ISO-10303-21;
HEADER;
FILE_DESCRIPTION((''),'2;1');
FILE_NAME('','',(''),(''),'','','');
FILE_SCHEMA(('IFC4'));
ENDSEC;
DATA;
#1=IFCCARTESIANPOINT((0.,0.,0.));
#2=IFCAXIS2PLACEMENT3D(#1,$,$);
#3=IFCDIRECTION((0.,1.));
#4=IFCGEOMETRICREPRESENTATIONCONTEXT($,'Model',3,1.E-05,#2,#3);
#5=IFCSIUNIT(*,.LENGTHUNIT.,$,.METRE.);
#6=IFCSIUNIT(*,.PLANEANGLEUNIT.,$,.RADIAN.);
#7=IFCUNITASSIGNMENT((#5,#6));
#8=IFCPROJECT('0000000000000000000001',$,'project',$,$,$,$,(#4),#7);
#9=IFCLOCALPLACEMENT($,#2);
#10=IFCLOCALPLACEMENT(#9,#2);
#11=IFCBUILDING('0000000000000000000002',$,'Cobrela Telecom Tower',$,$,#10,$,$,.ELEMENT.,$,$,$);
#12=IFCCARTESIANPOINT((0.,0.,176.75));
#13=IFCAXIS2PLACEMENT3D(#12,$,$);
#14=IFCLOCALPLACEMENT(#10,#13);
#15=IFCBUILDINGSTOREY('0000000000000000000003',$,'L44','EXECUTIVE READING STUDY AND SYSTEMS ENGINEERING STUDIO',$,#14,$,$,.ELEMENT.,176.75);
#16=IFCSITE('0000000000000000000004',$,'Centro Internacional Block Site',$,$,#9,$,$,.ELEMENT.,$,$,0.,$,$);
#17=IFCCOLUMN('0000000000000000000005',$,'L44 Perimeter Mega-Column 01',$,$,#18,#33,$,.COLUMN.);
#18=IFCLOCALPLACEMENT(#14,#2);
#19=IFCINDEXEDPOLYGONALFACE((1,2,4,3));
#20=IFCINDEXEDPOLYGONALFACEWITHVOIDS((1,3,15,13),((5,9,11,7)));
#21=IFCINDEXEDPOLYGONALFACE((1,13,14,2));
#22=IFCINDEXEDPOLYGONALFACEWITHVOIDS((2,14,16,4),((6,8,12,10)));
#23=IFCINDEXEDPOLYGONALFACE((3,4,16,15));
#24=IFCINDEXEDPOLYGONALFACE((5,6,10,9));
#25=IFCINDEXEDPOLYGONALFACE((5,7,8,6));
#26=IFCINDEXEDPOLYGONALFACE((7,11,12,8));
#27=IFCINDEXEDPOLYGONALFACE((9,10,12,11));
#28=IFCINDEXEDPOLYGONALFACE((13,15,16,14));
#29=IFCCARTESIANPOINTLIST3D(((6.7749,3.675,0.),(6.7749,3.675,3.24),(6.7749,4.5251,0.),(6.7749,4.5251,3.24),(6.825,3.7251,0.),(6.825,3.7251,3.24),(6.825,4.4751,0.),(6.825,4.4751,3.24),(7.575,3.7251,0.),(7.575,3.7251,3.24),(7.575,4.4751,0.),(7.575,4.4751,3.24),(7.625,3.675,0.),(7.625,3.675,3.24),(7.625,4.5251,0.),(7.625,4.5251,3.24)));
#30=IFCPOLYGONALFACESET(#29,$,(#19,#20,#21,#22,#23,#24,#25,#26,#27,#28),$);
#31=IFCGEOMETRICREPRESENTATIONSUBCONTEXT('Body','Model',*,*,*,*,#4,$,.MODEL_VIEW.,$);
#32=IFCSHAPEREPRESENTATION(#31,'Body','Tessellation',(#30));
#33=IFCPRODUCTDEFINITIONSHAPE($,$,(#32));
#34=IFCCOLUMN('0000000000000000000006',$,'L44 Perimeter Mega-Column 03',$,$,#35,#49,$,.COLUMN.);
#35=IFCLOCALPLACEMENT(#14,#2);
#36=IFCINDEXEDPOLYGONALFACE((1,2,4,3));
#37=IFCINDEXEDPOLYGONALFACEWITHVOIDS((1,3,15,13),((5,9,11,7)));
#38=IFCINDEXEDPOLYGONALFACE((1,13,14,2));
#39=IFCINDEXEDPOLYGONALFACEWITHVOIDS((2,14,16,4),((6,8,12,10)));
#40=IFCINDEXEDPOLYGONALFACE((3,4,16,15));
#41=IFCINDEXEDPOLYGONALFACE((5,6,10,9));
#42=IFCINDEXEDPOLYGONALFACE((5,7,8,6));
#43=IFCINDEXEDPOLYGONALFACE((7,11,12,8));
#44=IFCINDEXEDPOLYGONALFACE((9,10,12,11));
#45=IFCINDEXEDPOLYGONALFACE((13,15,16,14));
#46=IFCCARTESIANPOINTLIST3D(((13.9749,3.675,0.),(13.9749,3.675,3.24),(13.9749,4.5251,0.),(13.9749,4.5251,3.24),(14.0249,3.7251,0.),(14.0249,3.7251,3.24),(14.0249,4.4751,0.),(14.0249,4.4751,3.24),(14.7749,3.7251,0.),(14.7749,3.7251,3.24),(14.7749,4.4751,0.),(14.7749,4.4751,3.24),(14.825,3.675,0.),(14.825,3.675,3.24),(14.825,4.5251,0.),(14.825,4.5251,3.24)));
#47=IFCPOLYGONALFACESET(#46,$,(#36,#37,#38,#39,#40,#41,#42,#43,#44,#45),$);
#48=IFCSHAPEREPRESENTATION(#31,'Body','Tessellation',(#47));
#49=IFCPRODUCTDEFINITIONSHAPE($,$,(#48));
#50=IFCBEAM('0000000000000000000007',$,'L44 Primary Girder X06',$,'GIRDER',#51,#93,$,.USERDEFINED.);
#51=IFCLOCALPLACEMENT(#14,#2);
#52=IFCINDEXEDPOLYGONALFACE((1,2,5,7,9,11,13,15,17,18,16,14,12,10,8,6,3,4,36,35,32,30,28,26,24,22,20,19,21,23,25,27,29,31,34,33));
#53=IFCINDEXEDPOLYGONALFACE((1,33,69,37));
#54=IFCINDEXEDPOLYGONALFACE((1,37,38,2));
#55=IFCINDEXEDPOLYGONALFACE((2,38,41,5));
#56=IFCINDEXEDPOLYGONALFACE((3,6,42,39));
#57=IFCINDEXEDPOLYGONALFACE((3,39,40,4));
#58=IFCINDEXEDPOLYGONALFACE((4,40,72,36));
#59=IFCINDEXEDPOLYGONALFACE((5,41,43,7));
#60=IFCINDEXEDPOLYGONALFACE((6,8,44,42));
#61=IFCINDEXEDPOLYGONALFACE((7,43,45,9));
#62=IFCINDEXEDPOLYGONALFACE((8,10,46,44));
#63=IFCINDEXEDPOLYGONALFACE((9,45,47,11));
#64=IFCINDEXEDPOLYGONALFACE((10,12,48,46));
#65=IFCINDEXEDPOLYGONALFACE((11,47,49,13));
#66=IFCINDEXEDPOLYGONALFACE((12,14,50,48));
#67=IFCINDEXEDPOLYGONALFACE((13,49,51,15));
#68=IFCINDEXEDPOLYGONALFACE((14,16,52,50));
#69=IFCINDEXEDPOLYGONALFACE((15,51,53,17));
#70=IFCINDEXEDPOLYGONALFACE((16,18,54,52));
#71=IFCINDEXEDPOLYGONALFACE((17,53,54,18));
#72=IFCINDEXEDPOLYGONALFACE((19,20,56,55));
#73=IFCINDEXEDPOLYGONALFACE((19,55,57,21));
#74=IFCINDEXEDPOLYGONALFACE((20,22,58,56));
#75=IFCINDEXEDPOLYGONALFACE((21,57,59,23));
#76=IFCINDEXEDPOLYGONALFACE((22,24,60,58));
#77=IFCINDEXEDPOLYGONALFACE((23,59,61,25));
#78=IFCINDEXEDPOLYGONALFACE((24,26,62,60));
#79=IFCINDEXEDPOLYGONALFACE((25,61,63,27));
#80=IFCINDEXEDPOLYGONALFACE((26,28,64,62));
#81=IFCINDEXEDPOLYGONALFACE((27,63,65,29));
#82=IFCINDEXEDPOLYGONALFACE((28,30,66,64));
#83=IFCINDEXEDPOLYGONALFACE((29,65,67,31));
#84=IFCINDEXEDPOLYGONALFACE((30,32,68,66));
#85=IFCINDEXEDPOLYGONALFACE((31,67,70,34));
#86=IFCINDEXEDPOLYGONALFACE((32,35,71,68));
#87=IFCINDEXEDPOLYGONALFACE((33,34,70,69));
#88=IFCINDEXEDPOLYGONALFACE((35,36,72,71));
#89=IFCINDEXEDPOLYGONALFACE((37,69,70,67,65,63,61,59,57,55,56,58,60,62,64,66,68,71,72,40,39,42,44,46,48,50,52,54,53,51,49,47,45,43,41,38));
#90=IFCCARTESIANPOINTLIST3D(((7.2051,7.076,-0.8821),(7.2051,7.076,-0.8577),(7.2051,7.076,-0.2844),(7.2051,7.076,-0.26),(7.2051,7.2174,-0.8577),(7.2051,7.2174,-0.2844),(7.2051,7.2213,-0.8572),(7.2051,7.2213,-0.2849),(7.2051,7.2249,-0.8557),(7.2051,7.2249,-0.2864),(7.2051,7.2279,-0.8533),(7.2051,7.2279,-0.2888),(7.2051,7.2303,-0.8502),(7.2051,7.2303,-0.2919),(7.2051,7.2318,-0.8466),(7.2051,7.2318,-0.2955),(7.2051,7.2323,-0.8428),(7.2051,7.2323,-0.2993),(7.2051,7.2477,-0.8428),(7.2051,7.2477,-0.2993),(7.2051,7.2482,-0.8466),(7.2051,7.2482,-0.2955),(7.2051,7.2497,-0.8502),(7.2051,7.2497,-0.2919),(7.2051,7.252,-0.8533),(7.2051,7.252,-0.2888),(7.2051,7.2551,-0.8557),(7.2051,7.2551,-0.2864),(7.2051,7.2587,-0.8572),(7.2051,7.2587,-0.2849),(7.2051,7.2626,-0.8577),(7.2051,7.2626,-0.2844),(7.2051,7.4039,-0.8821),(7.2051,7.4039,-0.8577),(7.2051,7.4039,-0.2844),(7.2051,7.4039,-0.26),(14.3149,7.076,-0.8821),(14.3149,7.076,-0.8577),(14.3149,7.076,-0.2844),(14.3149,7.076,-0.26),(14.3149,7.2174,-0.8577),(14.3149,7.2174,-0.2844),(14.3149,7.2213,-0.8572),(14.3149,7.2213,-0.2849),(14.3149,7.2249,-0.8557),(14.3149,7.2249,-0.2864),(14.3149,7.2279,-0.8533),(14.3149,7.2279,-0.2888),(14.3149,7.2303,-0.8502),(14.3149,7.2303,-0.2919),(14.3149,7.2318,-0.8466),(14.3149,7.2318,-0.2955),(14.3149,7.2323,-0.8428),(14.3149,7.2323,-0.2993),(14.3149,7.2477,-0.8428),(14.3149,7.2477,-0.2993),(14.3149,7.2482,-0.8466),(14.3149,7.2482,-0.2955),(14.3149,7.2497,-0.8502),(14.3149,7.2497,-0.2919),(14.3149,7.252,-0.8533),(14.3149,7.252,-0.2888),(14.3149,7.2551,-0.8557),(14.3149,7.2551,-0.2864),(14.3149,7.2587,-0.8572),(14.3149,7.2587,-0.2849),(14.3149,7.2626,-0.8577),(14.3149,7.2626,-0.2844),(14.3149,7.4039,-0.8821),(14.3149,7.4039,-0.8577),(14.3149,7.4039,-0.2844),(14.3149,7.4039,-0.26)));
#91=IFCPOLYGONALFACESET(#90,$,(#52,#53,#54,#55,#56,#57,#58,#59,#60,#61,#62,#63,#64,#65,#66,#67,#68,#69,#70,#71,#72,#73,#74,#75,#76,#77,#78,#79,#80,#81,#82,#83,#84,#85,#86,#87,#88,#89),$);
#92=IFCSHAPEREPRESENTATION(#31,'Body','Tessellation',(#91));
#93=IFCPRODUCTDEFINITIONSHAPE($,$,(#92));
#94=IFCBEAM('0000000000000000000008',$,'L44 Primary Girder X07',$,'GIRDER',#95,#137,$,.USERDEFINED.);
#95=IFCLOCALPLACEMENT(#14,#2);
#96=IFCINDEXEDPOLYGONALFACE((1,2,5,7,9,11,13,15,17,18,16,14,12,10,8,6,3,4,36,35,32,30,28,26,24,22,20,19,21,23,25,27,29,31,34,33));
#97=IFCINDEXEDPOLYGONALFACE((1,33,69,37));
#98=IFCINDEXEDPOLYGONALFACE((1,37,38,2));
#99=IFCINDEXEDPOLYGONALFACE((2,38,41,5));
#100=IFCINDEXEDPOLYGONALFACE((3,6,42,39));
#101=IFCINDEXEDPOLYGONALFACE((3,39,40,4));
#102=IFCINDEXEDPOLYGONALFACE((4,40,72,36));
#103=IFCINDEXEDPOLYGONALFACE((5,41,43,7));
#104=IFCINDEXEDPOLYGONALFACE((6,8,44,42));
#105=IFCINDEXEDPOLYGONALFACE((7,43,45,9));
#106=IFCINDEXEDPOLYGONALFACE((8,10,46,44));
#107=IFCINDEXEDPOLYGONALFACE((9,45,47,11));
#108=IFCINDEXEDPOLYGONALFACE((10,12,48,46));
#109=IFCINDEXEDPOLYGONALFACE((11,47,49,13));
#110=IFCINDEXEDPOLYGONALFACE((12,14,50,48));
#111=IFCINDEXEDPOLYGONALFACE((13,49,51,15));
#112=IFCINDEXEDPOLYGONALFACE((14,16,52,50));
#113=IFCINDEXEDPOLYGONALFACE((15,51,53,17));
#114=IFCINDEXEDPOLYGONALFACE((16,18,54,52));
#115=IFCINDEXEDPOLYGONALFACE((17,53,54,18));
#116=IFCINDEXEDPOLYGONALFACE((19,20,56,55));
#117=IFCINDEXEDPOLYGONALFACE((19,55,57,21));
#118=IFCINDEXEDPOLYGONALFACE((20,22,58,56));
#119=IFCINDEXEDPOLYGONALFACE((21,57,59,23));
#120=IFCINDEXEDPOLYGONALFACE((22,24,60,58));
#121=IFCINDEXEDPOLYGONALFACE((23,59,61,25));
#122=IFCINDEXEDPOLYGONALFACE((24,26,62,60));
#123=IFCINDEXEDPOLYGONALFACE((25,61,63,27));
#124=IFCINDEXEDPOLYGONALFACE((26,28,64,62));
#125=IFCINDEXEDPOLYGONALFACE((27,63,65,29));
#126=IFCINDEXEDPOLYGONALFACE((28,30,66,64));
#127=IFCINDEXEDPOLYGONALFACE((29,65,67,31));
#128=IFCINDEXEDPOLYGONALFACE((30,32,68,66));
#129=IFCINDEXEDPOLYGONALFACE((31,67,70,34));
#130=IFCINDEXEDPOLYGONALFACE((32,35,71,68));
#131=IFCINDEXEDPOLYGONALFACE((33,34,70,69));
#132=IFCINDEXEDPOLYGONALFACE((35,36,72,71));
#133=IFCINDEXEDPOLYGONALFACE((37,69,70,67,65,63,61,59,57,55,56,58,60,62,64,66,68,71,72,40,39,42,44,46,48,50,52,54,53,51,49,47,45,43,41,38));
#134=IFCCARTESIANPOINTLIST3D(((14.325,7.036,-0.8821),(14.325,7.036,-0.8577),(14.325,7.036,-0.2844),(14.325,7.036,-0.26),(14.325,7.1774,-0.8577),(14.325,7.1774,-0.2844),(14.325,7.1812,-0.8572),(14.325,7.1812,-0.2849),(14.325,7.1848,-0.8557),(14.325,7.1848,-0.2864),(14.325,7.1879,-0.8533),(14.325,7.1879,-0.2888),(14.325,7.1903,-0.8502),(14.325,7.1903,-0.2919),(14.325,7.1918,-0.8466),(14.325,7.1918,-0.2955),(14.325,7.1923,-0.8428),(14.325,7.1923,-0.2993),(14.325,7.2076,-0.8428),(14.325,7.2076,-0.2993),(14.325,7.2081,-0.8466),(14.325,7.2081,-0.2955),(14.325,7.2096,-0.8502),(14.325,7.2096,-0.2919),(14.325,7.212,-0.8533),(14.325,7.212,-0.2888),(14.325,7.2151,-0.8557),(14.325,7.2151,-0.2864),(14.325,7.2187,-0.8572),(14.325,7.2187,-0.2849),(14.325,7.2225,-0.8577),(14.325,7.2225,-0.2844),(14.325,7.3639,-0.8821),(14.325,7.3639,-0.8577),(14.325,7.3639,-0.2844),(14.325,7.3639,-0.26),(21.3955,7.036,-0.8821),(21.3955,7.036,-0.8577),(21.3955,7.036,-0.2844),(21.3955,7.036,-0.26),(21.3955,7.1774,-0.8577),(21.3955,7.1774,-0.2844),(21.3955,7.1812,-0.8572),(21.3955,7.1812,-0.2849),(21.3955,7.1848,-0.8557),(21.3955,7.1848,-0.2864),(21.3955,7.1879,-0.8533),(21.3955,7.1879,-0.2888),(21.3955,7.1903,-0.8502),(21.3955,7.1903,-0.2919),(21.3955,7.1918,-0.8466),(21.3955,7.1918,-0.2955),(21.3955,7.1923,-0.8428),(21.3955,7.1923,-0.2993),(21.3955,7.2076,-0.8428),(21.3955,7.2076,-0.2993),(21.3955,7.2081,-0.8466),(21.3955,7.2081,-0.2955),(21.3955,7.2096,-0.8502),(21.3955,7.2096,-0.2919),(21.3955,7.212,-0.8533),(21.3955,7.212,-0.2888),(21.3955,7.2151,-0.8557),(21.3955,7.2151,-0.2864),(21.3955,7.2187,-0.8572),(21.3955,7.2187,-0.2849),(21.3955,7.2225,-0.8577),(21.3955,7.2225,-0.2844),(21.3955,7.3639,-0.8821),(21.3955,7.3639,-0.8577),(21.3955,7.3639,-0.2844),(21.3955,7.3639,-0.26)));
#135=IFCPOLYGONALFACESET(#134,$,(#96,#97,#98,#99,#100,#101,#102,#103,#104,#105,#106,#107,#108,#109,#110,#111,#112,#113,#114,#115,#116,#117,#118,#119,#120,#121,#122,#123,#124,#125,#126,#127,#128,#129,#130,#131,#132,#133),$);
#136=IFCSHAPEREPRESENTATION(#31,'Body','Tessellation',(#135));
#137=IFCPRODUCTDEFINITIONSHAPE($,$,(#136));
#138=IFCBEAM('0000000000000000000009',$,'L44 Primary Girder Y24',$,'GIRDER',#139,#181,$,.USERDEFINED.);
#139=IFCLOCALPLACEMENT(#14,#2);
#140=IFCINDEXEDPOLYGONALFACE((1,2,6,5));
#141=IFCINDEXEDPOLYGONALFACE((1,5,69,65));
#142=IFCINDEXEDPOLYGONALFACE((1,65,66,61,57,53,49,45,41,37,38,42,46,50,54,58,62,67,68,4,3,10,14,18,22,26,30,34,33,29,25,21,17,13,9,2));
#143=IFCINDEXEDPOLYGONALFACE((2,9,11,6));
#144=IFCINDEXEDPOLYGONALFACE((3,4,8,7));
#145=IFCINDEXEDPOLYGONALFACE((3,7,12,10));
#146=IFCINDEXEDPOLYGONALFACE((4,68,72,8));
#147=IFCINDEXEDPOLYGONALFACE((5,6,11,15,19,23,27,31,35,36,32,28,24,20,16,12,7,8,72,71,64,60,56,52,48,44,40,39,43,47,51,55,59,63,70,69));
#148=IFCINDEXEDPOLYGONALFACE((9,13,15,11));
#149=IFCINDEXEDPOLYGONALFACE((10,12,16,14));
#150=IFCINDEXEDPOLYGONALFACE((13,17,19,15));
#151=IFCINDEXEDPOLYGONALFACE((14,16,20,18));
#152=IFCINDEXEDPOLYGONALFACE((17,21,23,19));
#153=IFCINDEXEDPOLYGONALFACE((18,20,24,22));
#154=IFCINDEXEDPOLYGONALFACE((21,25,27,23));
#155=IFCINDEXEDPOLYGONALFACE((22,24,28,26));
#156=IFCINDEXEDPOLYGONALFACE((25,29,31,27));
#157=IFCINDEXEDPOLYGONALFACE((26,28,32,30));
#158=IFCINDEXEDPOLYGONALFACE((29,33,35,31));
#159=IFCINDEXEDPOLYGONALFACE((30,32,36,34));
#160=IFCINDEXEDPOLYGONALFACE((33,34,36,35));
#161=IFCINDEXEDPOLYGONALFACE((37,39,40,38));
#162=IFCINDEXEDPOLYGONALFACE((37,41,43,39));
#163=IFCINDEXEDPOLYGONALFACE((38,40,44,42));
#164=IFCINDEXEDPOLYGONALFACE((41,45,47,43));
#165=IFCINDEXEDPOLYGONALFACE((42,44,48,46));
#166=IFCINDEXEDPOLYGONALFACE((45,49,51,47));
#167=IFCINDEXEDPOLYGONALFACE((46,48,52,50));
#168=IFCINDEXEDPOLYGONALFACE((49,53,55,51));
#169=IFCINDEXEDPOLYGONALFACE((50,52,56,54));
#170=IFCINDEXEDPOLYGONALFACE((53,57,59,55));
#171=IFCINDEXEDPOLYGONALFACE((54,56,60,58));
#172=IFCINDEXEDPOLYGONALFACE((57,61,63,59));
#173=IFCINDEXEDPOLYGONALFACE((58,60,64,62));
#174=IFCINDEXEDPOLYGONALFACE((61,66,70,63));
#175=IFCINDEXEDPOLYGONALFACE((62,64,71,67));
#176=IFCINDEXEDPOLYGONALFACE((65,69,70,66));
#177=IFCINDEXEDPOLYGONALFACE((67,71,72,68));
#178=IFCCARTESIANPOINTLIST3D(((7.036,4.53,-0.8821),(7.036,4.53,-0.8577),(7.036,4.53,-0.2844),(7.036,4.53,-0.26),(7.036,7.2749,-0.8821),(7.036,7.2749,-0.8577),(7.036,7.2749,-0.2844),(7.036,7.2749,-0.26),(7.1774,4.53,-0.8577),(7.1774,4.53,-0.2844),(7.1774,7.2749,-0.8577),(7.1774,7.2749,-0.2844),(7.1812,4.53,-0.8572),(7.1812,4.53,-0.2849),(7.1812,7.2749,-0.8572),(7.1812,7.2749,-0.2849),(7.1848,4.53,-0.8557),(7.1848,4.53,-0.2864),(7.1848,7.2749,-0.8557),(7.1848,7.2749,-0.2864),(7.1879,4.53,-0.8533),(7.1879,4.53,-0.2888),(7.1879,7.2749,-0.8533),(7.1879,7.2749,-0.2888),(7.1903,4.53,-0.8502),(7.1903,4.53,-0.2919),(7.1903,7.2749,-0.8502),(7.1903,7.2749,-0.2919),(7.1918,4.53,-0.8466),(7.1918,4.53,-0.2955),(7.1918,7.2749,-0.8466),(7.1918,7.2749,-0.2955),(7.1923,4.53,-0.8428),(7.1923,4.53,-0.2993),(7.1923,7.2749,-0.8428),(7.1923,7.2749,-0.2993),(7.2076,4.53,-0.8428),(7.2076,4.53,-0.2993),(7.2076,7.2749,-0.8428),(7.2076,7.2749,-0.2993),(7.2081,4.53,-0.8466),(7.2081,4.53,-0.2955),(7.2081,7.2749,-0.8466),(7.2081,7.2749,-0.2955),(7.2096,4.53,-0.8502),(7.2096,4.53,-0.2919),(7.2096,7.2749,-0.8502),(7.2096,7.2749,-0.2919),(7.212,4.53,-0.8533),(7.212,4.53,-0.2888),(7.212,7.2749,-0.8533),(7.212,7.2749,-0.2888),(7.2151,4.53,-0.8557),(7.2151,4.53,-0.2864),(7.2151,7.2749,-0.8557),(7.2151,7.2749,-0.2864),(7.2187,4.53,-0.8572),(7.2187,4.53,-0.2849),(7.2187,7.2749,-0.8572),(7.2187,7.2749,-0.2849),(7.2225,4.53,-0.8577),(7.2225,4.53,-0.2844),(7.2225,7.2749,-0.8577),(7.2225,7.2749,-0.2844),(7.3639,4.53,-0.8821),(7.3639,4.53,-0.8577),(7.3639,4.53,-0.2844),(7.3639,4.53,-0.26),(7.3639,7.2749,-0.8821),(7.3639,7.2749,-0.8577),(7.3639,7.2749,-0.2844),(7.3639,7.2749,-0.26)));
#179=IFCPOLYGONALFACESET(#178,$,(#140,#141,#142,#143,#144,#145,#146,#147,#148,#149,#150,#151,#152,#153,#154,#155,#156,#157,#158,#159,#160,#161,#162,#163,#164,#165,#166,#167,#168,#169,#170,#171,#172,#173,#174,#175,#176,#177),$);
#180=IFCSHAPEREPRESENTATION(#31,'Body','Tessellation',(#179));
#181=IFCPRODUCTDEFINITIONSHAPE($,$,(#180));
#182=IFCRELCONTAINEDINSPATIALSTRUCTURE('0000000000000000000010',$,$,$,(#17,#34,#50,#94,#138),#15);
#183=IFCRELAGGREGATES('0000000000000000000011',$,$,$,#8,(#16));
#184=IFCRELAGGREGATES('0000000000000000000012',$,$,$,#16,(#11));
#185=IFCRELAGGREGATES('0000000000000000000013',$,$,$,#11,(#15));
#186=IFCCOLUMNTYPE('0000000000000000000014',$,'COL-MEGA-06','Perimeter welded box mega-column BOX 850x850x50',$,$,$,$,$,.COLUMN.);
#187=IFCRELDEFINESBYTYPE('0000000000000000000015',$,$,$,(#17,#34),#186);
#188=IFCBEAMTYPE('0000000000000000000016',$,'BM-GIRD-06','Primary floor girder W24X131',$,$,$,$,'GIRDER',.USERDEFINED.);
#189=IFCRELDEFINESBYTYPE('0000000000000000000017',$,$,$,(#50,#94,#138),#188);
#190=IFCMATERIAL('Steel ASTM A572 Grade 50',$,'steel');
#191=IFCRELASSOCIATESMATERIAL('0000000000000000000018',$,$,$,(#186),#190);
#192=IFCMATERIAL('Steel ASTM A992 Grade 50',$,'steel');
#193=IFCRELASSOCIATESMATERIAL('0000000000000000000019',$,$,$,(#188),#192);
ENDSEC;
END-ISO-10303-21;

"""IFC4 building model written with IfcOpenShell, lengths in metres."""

from ifc_helpers import new_model, si_unit, direction, frame, origin, origin_2d, place, context, subcontext, project, spatial, hollow_rectangle, i_section, extrude, material, material_profile, profile_set, type_object, element, save


model = new_model("IFC4")

# Units and contexts
model_context = context("Model", 3, precision=1e-05, world=origin(), true_north=direction((0.0, 1.0)))
body_context = subcontext(model_context, "Body", "Model", "MODEL_VIEW")
ifc_project = project(units=[si_unit("LENGTHUNIT", "METRE"), si_unit("PLANEANGLEUNIT", "RADIAN")], contexts=[model_context])

# Site, building, storey
site_placement = place(None, origin())
site = spatial("IfcSite", under=ifc_project, at=site_placement, Name="Centro Internacional Block Site", CompositionType="ELEMENT", RefElevation=0.0)
building_placement = place(site_placement, origin())
building = spatial("IfcBuilding", under=site, at=building_placement, Name="Cobrela Telecom Tower", CompositionType="ELEMENT")
storey_placement = place(building_placement, frame((0.0, 0.0, 176.75)))
storey = spatial("IfcBuildingStorey", under=building, at=storey_placement, Name="L44", Description="EXECUTIVE READING STUDY AND SYSTEMS ENGINEERING STUDIO", CompositionType="ELEMENT", Elevation=176.75)

# Columns
ifc_material_1 = material(Name="Steel ASTM A572 Grade 50", Category="steel")
ifc_material_profile_1 = material_profile(ifc_material_1, hollow_rectangle(XDim=0.8501, YDim=0.8501, WallThickness=0.05, at=origin_2d()), Name="BOX 850x850x50")
ifc_profile_set_1 = profile_set([ifc_material_profile_1], Name="Steel ASTM A572 Grade 50")
column_type = type_object("IfcColumnType", Name="COL-MEGA-06", Description="Perimeter welded box mega-column BOX 850x850x50", PredefinedType="COLUMN", material=ifc_profile_set_1)
for number, where, z_axis, x_axis, name in (
    (1, (7.2, 4.1001, 0.0), (0.0, 0.0, 1.0), (1.0, 0.0, 0.0), "L44 Perimeter Mega-Column 01"),
    (2, (14.3999, 4.1001, 0.0), (0.0, 0.0, 1.0), (1.0, 0.0, 0.0), "L44 Perimeter Mega-Column 03"),
):
    element("IfcColumn", number, at=place(storey_placement, frame(where, z_axis=z_axis, x_axis=x_axis)), inside=storey, type_object=column_type, Name=name, PredefinedType="COLUMN", context=body_context, shape_type="SweptSolid", body=[
        extrude(hollow_rectangle(XDim=0.8501, YDim=0.8501, WallThickness=0.05, at=origin_2d()), origin(), (0.0, 0.0, 1.0), 3.24),
    ])

# Beams
ifc_material_2 = material(Name="Steel ASTM A992 Grade 50", Category="steel")
ifc_material_profile_2 = material_profile(ifc_material_2, i_section(OverallWidth=0.3279, OverallDepth=0.6221, WebThickness=0.0154, FlangeThickness=0.0244, FilletRadius=0.0149, at=origin_2d()), Name="W24X131")
ifc_profile_set_2 = profile_set([ifc_material_profile_2], Name="Steel ASTM A992 Grade 50")
beam_type_1 = type_object("IfcBeamType", Name="BM-GIRD-06", Description="Primary floor girder W24X131", ElementType="GIRDER", PredefinedType="USERDEFINED", material=ifc_profile_set_2)
beam_1_placement = place(storey_placement, frame((7.2051, 7.24, -0.571), z_axis=(1.0, 0.0, 0.0), x_axis=(0.0, 1.0, 0.0)))
element("IfcBeam", 3, at=beam_1_placement, inside=storey, type_object=beam_type_1, Name="L44 Primary Girder X06", ObjectType="GIRDER", PredefinedType="USERDEFINED", context=body_context, shape_type="SweptSolid", body=[
    extrude(i_section(OverallWidth=0.3279, OverallDepth=0.6221, WebThickness=0.0154, FlangeThickness=0.0244, FilletRadius=0.0149, at=origin_2d()), origin(), (0.0, 0.0, 1.0), 7.1099),
])
beam_2_placement = place(storey_placement, frame((14.325, 7.2, -0.571), z_axis=(1.0, 0.0, 0.0), x_axis=(0.0, 1.0, 0.0)))
element("IfcBeam", 4, at=beam_2_placement, inside=storey, type_object=beam_type_1, Name="L44 Primary Girder X07", ObjectType="GIRDER", PredefinedType="USERDEFINED", context=body_context, shape_type="SweptSolid", body=[
    extrude(i_section(OverallWidth=0.3279, OverallDepth=0.6221, WebThickness=0.0154, FlangeThickness=0.0244, FilletRadius=0.0149, at=origin_2d()), origin(), (0.0, 0.0, 1.0), 7.0706),
])
beam_3_placement = place(storey_placement, frame((7.2, 4.53, -0.571), z_axis=(0.0, 1.0, 0.0), x_axis=(-1.0, 0.0, 0.0)))
element("IfcBeam", 5, at=beam_3_placement, inside=storey, type_object=beam_type_1, Name="L44 Primary Girder Y24", ObjectType="GIRDER", PredefinedType="USERDEFINED", context=body_context, shape_type="SweptSolid", body=[
    extrude(i_section(OverallWidth=0.3279, OverallDepth=0.6221, WebThickness=0.0154, FlangeThickness=0.0244, FilletRadius=0.0149, at=origin_2d()), origin(), (0.0, 0.0, 1.0), 2.7449),
])

save(model, "model.ifc")
